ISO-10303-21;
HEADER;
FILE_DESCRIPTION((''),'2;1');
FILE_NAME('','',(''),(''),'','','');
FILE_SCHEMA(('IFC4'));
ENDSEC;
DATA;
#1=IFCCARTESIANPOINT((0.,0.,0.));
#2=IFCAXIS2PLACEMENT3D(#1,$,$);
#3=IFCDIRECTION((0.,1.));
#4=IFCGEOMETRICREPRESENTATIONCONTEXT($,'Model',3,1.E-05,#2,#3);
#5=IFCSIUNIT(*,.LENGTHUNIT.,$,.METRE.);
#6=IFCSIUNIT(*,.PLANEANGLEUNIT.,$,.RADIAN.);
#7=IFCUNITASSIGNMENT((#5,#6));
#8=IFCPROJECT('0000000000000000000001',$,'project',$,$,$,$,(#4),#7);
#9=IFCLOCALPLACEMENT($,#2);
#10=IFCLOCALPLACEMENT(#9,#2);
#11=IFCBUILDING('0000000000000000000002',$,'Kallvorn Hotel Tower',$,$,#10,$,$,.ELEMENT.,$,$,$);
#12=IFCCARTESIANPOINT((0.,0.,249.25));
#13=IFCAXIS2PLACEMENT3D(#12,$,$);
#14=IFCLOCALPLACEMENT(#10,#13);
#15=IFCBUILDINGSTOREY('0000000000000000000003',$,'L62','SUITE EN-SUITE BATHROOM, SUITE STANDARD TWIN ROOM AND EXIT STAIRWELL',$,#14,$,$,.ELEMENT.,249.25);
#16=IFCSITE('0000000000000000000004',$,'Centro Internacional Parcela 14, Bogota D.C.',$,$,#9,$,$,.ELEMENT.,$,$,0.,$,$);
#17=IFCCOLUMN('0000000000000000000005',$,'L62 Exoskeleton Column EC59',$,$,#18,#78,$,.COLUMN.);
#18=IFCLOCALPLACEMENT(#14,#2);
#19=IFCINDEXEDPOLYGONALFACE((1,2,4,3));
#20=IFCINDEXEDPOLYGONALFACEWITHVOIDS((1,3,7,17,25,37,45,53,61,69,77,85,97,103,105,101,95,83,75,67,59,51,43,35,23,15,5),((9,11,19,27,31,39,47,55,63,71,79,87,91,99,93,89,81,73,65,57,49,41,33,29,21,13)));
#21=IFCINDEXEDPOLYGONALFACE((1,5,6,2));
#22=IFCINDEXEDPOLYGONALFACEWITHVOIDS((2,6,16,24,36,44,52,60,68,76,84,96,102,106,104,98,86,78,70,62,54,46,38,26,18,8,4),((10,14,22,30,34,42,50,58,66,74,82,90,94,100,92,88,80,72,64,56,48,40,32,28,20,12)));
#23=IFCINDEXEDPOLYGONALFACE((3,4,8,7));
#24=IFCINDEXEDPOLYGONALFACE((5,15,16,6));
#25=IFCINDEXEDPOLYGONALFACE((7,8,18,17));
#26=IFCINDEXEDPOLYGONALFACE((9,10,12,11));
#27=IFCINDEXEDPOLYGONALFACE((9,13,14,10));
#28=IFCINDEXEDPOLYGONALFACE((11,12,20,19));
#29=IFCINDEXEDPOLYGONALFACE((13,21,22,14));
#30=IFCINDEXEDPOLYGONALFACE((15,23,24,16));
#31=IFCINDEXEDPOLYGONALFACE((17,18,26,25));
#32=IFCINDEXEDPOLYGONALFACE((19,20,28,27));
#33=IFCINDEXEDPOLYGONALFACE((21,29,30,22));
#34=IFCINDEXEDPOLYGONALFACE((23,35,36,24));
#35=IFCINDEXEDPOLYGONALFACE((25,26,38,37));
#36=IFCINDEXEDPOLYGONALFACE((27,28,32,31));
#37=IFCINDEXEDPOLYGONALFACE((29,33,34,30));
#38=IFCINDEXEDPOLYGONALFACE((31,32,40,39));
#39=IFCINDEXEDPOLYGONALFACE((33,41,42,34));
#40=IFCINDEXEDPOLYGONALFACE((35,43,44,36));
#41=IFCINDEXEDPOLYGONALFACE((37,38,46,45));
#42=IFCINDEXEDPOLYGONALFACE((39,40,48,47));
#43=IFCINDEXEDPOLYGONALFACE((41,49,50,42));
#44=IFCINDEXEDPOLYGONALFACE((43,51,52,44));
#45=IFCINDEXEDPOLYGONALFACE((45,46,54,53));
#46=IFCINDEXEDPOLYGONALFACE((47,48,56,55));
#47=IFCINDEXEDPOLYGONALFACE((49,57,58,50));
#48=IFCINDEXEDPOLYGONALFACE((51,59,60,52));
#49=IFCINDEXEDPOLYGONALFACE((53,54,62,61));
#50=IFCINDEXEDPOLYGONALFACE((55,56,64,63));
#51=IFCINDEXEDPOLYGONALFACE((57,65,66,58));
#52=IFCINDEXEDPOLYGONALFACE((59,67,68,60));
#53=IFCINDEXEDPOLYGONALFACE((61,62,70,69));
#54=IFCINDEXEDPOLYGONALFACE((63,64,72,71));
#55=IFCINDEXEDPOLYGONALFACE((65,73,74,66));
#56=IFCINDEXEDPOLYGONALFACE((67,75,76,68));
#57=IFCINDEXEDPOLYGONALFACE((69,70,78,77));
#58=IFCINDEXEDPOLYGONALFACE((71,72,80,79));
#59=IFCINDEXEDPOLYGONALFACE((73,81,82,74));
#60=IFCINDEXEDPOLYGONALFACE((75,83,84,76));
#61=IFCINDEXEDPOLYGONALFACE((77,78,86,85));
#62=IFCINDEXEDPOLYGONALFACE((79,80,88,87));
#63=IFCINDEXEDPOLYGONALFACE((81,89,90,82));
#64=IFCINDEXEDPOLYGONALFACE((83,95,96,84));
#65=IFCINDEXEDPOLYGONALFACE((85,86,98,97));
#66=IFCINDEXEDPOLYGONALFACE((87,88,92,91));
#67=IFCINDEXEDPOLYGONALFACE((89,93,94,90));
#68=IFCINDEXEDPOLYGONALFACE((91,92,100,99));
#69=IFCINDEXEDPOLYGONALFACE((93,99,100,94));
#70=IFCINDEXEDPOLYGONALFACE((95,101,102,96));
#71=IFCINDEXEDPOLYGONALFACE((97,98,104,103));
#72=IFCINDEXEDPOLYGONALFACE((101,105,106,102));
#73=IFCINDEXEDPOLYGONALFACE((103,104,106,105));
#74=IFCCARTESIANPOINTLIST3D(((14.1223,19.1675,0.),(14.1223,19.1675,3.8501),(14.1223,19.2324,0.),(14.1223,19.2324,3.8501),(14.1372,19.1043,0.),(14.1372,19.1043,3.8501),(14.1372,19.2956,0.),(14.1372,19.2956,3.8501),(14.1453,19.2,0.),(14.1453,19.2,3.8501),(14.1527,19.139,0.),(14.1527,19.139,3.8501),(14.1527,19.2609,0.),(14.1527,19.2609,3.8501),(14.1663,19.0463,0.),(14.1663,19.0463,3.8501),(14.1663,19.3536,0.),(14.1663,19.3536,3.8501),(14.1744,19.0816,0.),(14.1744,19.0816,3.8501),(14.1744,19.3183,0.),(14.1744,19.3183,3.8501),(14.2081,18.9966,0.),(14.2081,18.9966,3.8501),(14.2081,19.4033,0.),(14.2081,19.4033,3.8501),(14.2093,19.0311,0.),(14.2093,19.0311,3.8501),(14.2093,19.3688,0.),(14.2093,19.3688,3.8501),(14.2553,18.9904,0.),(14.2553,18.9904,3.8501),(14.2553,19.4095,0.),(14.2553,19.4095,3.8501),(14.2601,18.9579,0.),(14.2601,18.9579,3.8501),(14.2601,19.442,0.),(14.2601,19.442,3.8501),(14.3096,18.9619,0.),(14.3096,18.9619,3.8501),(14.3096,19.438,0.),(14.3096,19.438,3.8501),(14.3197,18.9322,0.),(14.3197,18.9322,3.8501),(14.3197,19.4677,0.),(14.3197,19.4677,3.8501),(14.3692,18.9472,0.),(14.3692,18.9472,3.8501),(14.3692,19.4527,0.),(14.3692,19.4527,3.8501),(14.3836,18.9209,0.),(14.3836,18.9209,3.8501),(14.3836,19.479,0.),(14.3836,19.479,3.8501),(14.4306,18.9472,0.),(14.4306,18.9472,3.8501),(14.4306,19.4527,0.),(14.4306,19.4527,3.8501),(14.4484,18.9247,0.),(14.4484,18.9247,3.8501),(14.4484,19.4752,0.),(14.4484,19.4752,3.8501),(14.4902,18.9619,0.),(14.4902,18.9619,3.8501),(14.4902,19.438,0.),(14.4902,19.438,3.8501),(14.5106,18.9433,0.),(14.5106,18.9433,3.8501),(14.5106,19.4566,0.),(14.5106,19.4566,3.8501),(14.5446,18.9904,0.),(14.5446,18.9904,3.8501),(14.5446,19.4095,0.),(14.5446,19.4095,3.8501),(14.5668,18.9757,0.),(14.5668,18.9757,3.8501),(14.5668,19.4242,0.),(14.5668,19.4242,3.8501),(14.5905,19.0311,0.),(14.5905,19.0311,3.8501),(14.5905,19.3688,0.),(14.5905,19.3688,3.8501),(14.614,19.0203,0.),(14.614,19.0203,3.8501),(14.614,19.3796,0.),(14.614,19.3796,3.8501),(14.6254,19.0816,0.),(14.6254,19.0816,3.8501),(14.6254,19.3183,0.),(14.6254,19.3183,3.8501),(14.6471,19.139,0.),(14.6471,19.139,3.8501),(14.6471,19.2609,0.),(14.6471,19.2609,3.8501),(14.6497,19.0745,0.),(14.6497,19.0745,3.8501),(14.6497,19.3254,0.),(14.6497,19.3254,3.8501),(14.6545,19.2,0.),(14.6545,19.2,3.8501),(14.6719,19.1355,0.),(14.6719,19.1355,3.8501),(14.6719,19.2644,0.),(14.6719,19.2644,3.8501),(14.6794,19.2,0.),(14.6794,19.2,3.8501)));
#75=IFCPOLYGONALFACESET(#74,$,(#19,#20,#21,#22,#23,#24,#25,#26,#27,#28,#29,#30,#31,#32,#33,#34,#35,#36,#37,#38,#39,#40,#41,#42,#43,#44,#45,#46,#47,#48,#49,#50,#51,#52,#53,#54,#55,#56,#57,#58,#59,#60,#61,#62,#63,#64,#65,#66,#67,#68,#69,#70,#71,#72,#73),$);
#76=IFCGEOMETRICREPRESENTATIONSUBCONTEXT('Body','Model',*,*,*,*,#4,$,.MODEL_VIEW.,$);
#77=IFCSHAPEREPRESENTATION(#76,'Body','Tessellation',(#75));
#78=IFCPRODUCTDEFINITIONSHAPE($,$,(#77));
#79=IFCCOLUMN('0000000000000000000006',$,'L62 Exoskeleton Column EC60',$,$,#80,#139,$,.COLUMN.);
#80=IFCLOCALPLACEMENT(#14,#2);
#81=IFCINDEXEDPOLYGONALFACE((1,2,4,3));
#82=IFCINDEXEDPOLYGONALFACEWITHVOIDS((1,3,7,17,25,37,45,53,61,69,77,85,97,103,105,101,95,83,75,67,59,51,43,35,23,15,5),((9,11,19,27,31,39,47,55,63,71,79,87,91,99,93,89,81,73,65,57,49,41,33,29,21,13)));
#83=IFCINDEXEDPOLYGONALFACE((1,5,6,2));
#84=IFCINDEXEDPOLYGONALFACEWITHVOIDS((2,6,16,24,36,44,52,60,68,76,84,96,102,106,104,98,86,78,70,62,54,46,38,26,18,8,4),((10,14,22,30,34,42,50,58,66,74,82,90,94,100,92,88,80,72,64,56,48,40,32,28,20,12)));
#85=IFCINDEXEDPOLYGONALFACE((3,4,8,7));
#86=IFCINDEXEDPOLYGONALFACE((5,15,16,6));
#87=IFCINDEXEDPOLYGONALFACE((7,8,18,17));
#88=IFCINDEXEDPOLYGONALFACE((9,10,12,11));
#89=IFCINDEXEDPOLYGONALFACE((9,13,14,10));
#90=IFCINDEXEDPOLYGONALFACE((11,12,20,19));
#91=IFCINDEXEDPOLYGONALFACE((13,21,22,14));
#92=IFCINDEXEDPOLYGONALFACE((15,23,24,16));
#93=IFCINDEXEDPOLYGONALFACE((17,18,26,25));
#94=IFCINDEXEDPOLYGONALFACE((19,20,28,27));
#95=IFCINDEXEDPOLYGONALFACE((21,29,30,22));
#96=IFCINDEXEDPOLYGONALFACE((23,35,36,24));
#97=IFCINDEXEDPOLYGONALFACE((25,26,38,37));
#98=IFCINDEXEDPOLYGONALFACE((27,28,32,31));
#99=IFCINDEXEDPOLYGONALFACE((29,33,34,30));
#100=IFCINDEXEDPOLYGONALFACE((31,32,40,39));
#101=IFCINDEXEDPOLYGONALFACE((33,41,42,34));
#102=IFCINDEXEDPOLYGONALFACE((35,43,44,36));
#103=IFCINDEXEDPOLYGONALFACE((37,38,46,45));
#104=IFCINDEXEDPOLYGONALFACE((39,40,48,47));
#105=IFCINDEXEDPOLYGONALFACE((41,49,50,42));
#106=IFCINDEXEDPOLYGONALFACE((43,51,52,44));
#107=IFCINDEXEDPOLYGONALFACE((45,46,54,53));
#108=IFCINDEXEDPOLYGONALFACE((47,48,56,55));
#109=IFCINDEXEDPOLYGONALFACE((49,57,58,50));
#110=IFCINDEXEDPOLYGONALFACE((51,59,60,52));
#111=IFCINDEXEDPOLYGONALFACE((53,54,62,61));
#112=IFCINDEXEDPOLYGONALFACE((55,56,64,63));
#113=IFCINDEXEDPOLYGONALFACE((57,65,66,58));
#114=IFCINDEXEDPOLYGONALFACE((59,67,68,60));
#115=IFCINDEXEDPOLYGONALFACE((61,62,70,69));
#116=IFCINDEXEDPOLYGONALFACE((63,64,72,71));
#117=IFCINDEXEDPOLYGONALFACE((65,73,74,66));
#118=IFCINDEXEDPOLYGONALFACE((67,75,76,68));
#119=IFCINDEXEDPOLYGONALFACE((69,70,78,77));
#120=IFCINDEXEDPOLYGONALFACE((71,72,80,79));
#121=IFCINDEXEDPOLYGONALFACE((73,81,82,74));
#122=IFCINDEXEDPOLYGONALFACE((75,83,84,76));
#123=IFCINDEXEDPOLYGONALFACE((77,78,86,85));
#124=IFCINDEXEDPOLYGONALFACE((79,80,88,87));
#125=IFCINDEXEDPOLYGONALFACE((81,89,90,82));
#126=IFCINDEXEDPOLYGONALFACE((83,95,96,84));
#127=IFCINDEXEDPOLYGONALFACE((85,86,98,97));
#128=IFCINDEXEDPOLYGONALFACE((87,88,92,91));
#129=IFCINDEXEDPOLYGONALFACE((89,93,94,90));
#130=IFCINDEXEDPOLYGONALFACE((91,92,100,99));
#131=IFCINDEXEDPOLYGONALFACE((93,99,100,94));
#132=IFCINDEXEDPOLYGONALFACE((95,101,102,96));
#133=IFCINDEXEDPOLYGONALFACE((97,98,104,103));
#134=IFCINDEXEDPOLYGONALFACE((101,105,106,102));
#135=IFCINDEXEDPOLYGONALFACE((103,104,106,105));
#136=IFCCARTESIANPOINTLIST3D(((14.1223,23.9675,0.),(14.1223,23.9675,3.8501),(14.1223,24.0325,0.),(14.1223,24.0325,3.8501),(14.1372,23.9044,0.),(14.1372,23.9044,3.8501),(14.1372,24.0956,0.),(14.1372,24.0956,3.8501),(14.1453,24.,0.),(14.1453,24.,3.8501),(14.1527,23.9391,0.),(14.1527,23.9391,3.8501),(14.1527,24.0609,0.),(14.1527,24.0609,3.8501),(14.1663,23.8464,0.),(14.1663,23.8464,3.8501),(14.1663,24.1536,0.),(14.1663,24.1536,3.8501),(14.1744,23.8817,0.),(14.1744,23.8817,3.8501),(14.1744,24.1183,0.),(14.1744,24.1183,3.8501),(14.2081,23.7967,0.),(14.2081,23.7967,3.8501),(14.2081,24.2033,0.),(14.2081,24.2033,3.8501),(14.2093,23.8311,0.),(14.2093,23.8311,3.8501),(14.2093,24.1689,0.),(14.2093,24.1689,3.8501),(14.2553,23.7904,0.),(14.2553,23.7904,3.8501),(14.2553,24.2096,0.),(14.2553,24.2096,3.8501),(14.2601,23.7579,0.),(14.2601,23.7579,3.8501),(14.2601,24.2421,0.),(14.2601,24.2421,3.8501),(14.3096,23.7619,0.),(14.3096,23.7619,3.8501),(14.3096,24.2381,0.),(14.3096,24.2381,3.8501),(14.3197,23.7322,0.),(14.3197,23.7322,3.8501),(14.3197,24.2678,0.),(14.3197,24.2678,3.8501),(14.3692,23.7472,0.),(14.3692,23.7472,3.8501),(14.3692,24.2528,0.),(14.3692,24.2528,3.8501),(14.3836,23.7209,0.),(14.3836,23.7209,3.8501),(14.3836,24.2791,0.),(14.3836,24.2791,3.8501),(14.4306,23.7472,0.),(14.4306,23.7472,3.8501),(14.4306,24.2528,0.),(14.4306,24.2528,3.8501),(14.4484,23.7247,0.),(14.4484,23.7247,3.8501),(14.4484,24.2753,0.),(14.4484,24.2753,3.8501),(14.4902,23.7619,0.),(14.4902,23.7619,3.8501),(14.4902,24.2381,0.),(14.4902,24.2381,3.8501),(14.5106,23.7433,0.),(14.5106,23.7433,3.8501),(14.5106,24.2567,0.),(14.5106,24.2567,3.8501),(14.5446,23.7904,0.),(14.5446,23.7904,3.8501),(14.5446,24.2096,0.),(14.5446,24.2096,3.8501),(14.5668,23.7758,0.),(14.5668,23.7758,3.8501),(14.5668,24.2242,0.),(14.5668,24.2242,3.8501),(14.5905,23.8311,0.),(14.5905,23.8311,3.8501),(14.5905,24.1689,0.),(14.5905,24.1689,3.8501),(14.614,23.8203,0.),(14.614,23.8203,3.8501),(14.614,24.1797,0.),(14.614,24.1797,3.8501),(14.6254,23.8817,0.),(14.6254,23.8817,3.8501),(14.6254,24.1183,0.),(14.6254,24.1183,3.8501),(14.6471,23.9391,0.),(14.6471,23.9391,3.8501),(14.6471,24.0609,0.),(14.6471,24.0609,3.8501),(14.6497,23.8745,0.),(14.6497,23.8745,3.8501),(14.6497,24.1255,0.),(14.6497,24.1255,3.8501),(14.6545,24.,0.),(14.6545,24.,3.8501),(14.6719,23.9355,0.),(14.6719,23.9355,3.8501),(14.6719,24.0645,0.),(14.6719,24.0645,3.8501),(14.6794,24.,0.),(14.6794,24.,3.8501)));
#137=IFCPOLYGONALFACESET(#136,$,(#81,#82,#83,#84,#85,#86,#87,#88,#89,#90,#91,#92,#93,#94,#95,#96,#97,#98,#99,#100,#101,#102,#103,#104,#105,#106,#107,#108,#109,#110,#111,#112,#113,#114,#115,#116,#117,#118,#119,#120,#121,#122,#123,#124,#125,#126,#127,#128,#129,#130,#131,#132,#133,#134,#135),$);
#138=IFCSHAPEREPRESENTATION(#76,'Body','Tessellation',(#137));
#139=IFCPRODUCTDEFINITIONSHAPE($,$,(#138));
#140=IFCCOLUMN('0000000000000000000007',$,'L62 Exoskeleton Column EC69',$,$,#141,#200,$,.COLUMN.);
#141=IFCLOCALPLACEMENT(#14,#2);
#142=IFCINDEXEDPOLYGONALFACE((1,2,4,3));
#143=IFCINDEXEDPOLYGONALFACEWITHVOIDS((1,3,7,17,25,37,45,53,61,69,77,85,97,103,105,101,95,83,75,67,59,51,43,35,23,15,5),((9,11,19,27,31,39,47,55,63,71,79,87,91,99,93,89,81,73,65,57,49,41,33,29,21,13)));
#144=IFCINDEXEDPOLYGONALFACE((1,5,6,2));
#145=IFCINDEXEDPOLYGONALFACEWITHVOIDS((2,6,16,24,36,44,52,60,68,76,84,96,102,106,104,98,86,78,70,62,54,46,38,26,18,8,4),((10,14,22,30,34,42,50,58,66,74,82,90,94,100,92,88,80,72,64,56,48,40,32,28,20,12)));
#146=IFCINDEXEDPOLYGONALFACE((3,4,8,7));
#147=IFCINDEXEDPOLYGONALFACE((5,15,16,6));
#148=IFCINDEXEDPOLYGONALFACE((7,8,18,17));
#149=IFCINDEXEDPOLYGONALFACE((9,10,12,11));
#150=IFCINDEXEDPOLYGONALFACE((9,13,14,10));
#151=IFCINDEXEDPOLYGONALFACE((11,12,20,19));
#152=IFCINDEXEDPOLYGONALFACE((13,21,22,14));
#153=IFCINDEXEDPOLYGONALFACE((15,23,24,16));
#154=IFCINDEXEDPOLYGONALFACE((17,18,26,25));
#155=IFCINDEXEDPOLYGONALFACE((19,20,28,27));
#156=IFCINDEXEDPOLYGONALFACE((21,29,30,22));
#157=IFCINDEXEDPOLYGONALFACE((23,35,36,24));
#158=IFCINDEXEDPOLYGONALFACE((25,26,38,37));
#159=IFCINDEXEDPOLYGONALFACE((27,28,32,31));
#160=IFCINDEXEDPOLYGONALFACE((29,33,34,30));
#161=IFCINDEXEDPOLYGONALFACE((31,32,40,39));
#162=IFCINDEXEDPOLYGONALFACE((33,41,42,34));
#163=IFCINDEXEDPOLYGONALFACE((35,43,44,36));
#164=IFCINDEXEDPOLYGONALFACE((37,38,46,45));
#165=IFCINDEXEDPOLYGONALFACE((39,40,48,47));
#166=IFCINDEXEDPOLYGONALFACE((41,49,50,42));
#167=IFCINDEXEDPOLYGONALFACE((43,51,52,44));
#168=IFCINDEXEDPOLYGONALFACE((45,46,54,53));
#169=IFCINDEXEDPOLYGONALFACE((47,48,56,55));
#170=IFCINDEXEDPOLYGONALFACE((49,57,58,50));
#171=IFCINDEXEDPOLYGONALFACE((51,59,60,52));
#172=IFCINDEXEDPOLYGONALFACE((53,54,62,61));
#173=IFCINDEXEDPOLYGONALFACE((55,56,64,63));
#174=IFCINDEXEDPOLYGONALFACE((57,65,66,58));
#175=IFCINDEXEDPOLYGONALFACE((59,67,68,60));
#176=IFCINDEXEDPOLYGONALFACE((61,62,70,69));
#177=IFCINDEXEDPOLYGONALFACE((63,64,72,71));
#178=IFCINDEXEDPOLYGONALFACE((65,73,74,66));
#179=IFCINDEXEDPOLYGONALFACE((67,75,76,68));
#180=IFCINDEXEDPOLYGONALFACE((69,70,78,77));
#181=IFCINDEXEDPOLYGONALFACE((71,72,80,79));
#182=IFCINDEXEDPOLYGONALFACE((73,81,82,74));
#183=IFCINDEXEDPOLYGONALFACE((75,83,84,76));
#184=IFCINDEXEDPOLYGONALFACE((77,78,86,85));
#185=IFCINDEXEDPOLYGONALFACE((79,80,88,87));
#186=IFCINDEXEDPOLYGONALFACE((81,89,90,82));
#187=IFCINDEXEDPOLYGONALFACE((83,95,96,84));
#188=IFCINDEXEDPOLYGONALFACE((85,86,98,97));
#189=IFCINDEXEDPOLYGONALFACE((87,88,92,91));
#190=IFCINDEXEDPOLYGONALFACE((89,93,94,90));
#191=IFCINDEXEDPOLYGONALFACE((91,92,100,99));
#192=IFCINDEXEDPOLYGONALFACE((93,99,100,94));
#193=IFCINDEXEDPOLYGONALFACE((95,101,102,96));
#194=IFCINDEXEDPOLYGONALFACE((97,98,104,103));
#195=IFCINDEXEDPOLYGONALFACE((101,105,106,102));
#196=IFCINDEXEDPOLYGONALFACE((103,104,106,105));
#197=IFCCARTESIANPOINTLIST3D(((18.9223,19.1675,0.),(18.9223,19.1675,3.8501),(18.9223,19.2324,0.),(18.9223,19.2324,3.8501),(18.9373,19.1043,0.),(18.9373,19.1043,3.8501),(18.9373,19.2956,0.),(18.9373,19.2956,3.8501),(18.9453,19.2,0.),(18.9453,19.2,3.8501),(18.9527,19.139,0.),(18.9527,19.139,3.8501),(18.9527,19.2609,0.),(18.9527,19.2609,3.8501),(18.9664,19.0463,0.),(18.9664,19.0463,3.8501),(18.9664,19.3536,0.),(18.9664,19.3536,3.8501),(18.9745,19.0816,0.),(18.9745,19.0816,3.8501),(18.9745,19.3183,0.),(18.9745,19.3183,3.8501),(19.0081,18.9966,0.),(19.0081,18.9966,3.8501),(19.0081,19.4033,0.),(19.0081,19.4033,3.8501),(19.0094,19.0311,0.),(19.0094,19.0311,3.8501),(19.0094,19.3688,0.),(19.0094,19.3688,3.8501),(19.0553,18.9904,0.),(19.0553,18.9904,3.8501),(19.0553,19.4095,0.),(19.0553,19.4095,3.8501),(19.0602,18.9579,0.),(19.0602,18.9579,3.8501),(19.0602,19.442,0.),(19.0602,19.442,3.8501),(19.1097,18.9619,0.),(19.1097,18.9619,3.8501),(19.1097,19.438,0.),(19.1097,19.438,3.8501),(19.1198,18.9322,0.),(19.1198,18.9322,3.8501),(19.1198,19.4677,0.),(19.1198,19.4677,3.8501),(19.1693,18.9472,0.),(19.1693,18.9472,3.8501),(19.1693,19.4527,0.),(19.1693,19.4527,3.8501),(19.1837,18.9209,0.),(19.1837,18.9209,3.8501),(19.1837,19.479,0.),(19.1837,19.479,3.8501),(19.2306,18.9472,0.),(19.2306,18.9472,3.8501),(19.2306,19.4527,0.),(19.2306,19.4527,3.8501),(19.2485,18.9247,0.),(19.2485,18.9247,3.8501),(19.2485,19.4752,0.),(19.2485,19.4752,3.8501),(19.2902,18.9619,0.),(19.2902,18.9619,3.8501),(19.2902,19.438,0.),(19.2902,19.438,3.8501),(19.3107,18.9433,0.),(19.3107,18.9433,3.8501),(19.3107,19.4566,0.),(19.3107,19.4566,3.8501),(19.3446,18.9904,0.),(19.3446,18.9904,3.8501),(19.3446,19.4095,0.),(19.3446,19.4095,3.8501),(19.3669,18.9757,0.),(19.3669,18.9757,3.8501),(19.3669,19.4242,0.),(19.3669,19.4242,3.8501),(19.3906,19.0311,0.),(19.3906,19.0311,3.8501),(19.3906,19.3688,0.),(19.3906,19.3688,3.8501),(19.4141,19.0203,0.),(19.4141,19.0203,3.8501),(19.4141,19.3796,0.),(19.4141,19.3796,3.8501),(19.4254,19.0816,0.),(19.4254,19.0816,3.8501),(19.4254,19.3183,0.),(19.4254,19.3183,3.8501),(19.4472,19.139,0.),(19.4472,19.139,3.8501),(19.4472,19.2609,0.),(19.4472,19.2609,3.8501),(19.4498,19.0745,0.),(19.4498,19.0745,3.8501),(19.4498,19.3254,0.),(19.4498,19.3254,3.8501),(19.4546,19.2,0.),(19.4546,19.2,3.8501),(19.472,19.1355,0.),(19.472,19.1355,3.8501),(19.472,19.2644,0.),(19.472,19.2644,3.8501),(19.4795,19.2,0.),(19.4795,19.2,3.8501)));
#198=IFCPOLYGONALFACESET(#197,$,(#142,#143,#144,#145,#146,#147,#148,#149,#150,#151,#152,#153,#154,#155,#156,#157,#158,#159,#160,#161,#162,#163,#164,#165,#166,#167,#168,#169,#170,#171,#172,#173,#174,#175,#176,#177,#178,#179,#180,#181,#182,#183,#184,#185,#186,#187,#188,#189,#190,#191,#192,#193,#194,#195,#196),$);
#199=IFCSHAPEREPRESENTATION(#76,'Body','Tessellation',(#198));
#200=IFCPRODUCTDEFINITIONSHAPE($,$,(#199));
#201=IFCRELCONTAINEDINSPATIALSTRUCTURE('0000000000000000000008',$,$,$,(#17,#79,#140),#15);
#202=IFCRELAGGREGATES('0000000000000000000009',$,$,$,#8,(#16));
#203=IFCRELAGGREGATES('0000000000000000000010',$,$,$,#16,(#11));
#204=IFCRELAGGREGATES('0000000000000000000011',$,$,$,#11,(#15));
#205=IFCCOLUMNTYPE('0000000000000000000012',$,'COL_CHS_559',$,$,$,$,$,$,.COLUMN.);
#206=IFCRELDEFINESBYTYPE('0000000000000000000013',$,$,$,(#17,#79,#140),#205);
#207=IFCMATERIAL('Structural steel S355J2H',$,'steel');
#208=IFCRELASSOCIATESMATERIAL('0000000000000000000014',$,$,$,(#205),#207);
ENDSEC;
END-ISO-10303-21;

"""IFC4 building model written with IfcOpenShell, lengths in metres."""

from ifc_helpers import new_model, si_unit, direction, frame, origin, origin_2d, place, context, subcontext, project, spatial, hollow_circle, extrude, material, material_profile, profile_set, type_object, element, save


model = new_model("IFC4")

# Units and contexts
model_context = context("Model", 3, precision=1e-05, world=origin(), true_north=direction((0.0, 1.0)))
body_context = subcontext(model_context, "Body", "Model", "MODEL_VIEW")
ifc_project = project(units=[si_unit("LENGTHUNIT", "METRE"), si_unit("PLANEANGLEUNIT", "RADIAN")], contexts=[model_context])

# Site, building, storey
site_placement = place(None, origin())
site = spatial("IfcSite", under=ifc_project, at=site_placement, Name="Centro Internacional Parcela 14, Bogota D.C.", CompositionType="ELEMENT", RefElevation=0.0)
building_placement = place(site_placement, origin())
building = spatial("IfcBuilding", under=site, at=building_placement, Name="Kallvorn Hotel Tower", CompositionType="ELEMENT")
storey_placement = place(building_placement, frame((0.0, 0.0, 249.25)))
storey = spatial("IfcBuildingStorey", under=building, at=storey_placement, Name="L62", Description="SUITE EN-SUITE BATHROOM, SUITE STANDARD TWIN ROOM AND EXIT STAIRWELL", CompositionType="ELEMENT", Elevation=249.25)

# Columns
ifc_material_1 = material(Name="Structural steel S355J2H", Category="steel")
ifc_material_profile_1 = material_profile(ifc_material_1, hollow_circle(Radius=0.2795, WallThickness=0.0249, at=origin_2d()), Name="CHS 559x25")
ifc_profile_set_1 = profile_set([ifc_material_profile_1], Name="Structural steel S355J2H")
column_type_1 = type_object("IfcColumnType", Name="COL_CHS_559", PredefinedType="COLUMN", material=ifc_profile_set_1)
for number, where, z_axis, x_axis, name in (
    (1, (14.3999, 19.2, 0.0), (0.0, 0.0, 1.0), (1.0, 0.0, 0.0), "L62 Exoskeleton Column EC59"),
    (2, (14.3999, 24.0, 0.0), (0.0, 0.0, 1.0), (1.0, 0.0, 0.0), "L62 Exoskeleton Column EC60"),
    (3, (19.2, 19.2, 0.0), (0.0, 0.0, 1.0), (1.0, 0.0, 0.0), "L62 Exoskeleton Column EC69"),
):
    element("IfcColumn", number, at=place(storey_placement, frame(where, z_axis=z_axis, x_axis=x_axis)), inside=storey, type_object=column_type_1, Name=name, PredefinedType="COLUMN", context=body_context, shape_type="SweptSolid", body=[
        extrude(hollow_circle(Radius=0.2795, WallThickness=0.0249, at=origin_2d()), origin(), (0.0, 0.0, 1.0), 3.8501),
    ])

save(model, "model.ifc")
